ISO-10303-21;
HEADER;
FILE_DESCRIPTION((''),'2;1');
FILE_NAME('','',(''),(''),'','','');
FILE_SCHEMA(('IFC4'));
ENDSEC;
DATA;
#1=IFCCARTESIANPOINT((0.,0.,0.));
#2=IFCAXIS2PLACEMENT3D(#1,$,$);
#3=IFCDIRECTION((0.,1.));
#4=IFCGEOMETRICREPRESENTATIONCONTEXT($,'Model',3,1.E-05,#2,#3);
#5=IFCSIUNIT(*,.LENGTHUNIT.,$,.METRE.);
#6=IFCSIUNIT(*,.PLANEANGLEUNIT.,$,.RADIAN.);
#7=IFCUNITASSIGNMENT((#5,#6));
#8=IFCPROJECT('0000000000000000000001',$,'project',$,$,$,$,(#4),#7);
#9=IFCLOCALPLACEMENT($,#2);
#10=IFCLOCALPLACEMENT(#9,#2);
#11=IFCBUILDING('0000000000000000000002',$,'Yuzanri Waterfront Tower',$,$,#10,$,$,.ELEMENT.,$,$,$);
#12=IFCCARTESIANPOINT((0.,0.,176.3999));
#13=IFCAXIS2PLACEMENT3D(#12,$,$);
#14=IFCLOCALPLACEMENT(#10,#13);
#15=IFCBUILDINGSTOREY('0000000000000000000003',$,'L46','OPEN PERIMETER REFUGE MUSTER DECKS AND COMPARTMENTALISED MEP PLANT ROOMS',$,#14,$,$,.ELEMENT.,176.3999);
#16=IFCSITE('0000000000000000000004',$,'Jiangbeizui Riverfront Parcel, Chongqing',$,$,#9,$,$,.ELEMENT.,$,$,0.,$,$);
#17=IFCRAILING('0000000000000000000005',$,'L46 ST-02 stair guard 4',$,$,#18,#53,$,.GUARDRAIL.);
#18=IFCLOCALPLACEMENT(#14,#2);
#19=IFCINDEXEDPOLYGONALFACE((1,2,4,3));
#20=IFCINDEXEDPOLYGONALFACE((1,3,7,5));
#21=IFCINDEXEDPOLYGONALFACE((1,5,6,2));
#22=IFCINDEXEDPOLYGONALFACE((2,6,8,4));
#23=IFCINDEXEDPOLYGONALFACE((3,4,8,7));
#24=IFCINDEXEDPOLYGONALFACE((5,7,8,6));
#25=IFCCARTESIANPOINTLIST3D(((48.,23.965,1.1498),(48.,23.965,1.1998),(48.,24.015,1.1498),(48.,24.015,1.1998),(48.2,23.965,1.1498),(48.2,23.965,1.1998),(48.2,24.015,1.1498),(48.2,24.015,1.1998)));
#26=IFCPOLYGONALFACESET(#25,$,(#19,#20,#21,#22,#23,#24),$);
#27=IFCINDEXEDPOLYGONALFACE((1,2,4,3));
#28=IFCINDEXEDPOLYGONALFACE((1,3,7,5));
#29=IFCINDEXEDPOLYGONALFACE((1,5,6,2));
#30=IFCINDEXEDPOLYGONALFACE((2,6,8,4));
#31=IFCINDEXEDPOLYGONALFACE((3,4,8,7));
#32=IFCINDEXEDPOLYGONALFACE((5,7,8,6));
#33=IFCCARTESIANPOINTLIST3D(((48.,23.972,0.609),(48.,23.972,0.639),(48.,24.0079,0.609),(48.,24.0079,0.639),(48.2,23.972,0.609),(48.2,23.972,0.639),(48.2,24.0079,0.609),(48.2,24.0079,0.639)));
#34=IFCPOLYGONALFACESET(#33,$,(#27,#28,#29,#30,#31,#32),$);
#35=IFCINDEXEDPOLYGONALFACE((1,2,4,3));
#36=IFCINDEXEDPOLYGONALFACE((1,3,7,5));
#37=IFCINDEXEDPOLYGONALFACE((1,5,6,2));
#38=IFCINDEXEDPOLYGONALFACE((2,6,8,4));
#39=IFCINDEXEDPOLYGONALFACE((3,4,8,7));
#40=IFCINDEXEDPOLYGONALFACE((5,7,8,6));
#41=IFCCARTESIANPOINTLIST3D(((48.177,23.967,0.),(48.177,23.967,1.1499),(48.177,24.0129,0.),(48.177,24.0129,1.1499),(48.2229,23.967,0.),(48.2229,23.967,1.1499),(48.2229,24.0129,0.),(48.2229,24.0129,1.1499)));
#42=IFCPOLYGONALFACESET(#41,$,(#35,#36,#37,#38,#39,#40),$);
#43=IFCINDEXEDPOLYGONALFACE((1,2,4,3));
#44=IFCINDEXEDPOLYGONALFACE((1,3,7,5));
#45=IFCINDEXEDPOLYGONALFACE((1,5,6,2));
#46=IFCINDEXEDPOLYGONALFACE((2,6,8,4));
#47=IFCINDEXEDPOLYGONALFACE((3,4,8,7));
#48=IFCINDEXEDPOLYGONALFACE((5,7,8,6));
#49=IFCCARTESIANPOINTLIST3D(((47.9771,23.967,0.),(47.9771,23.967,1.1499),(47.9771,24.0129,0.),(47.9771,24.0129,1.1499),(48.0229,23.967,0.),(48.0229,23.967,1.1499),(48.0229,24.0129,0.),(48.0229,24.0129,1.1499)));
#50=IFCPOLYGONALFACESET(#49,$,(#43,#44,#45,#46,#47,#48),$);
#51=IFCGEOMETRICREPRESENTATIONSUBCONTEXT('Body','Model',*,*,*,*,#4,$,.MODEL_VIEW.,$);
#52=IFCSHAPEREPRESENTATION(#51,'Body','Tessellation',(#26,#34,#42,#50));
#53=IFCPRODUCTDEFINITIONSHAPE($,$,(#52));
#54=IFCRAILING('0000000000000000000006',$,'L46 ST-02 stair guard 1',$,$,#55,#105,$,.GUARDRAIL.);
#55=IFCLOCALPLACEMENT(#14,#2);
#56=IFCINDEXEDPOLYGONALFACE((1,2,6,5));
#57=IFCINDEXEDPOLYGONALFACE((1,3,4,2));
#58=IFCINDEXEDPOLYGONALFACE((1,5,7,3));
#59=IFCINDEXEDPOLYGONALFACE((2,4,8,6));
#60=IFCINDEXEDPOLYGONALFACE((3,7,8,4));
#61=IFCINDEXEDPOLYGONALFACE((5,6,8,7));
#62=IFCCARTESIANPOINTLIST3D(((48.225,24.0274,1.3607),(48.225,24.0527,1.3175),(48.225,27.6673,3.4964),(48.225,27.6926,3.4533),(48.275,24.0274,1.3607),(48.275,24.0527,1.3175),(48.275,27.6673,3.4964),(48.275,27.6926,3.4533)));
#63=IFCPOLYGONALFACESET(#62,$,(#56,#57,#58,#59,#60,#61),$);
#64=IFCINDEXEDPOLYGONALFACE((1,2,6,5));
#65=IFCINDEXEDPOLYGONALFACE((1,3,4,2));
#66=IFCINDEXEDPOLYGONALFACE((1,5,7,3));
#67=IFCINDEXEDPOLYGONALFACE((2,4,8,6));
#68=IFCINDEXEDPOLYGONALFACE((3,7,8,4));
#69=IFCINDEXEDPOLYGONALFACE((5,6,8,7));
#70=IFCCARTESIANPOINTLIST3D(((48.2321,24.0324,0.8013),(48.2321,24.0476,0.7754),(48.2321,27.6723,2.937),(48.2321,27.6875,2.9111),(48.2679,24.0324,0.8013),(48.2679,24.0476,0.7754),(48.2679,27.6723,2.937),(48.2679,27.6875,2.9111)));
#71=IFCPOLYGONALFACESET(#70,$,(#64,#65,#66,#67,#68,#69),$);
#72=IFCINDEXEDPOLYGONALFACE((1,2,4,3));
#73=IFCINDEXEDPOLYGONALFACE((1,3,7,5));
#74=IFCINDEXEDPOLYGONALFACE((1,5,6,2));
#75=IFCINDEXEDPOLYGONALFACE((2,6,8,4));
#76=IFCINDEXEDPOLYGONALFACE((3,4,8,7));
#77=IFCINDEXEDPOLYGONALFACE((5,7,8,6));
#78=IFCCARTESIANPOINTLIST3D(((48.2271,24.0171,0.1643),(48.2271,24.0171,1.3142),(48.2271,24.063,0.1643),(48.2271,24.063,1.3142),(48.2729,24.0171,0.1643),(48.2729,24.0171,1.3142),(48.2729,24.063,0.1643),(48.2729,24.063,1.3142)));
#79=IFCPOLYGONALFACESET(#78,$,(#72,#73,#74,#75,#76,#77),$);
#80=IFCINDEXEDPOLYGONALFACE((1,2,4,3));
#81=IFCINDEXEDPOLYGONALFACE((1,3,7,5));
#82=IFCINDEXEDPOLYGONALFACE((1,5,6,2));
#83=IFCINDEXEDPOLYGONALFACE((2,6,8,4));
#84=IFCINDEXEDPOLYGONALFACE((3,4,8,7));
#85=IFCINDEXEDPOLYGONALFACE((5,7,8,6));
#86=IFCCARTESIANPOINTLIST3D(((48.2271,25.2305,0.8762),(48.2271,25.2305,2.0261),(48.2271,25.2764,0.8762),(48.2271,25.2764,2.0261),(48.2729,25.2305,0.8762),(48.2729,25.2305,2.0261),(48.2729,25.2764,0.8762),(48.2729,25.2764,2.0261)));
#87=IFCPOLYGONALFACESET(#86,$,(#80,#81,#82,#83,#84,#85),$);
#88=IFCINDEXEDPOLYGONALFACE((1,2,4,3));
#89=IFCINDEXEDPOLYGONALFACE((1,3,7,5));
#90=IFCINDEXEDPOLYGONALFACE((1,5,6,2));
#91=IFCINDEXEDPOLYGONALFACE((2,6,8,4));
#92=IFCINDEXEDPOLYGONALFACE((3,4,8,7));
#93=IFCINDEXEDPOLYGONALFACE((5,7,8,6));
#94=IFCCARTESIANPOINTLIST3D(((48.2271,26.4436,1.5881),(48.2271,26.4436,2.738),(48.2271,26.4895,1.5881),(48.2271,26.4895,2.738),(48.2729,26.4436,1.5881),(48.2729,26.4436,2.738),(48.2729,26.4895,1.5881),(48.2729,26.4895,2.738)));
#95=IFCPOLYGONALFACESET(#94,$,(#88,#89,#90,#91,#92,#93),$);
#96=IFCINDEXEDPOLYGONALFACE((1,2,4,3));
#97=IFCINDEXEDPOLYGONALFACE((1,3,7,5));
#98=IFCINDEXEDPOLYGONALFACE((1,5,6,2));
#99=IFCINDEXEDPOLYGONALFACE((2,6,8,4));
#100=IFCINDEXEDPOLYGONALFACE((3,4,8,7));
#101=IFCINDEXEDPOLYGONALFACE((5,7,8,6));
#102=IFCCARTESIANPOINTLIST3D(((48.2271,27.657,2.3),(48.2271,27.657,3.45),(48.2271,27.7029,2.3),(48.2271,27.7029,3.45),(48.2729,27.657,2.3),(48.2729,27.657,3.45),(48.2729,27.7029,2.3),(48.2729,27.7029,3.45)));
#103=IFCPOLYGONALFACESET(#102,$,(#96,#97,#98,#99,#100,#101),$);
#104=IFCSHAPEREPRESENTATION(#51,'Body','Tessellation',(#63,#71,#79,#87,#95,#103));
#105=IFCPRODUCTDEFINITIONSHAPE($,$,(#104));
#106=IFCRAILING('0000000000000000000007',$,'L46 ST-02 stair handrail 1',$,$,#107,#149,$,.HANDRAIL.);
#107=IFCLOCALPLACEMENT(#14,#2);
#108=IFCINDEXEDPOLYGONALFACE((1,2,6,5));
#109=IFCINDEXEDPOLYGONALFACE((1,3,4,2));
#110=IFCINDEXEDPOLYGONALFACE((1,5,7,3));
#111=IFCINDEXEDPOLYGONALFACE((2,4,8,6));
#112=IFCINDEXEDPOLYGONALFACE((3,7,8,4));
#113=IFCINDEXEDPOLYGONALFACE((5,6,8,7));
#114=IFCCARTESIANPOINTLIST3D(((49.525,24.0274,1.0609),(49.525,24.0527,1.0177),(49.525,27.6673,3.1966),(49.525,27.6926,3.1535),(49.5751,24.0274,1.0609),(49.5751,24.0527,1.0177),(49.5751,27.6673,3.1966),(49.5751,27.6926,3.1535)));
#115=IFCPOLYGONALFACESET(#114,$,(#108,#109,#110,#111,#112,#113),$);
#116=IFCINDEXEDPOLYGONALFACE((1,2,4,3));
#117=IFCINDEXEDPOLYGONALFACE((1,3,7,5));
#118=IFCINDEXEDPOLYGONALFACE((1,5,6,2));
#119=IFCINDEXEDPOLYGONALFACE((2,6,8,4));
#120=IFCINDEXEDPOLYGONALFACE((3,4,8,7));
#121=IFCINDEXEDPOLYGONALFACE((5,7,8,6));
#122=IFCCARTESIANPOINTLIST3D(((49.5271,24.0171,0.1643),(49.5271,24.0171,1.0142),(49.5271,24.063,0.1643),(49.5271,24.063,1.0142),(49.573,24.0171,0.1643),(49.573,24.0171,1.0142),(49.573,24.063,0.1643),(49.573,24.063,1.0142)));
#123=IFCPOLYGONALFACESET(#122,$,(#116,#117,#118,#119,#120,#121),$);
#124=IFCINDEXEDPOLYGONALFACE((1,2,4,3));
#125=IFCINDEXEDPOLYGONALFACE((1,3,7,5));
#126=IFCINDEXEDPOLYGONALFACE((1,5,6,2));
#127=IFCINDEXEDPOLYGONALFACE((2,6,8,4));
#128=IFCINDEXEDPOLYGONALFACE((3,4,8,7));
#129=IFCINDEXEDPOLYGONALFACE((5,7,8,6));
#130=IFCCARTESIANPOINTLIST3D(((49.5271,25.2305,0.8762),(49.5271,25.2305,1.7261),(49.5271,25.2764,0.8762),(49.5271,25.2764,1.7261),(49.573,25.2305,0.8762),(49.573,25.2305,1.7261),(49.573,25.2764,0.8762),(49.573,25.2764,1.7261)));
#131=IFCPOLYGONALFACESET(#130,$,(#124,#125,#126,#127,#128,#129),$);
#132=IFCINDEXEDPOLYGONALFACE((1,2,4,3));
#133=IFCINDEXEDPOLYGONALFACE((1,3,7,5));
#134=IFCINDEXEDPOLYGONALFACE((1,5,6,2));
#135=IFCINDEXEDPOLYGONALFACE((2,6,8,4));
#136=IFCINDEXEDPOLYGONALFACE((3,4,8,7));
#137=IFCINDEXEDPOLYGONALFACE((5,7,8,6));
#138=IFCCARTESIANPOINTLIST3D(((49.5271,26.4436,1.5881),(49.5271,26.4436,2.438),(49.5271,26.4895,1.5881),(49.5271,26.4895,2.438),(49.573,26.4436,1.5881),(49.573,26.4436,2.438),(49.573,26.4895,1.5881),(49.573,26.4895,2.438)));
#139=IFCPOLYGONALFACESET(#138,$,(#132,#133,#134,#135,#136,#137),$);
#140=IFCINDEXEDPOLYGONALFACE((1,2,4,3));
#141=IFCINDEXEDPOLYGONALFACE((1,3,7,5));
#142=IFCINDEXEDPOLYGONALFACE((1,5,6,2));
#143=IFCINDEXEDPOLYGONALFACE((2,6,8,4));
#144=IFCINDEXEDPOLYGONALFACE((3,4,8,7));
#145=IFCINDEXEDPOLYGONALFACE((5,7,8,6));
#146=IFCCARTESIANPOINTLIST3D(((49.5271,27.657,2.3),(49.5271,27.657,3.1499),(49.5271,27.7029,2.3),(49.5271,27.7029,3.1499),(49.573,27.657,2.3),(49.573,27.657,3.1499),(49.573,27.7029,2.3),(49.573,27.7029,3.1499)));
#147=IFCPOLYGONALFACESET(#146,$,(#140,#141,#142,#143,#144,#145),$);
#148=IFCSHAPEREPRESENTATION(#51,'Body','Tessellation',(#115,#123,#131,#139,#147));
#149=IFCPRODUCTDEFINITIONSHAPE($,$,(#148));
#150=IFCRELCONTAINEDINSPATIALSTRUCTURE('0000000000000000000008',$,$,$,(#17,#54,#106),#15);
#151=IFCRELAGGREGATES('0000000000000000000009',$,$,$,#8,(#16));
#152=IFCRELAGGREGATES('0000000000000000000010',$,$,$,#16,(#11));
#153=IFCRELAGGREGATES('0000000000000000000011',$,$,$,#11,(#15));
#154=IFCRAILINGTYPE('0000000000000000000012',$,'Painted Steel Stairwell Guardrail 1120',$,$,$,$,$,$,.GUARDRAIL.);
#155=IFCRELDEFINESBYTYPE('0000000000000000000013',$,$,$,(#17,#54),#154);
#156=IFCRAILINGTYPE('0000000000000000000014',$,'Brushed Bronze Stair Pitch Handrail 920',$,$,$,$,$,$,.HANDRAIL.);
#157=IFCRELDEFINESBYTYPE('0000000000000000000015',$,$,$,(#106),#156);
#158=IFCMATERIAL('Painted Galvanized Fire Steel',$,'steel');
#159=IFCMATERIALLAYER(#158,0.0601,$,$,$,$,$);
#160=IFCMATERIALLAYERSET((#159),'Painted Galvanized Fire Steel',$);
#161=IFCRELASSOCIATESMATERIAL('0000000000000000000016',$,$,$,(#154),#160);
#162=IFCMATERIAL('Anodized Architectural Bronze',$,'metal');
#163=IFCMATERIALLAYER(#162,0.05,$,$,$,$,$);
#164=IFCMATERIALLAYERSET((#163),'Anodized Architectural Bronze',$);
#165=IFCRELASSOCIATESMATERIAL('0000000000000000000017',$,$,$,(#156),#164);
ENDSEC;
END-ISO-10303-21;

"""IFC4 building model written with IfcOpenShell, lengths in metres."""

from ifc_helpers import new_model, si_unit, direction, frame, origin, origin_2d, place, context, subcontext, project, spatial, rectangle, extrude, source, transform, mapped, material, layer, layer_set, type_object, element, save


model = new_model("IFC4")

# Units and contexts
model_context = context("Model", 3, precision=1e-05, world=origin(), true_north=direction((0.0, 1.0)))
body_context = subcontext(model_context, "Body", "Model", "MODEL_VIEW")
ifc_project = project(units=[si_unit("LENGTHUNIT", "METRE"), si_unit("PLANEANGLEUNIT", "RADIAN")], contexts=[model_context])

# Site, building, storey
site_placement = place(None, origin())
site = spatial("IfcSite", under=ifc_project, at=site_placement, Name="Jiangbeizui Riverfront Parcel, Chongqing", CompositionType="ELEMENT", RefElevation=0.0)
building_placement = place(site_placement, origin())
building = spatial("IfcBuilding", under=site, at=building_placement, Name="Yuzanri Waterfront Tower", CompositionType="ELEMENT")
storey_placement = place(building_placement, frame((0.0, 0.0, 176.3999)))
storey = spatial("IfcBuildingStorey", under=building, at=storey_placement, Name="L46", Description="OPEN PERIMETER REFUGE MUSTER DECKS AND COMPARTMENTALISED MEP PLANT ROOMS", CompositionType="ELEMENT", Elevation=176.3999)

# Railings
ifc_material_1 = material(Name="Painted Galvanized Fire Steel", Category="steel")
ifc_layer_1 = layer(ifc_material_1, 0.0601)
ifc_layer_set_1 = layer_set([ifc_layer_1], Name="Painted Galvanized Fire Steel")
railing_type_1 = type_object("IfcRailingType", Name="Painted Steel Stairwell Guardrail 1120", PredefinedType="GUARDRAIL", material=ifc_layer_set_1)
shared_shape_1 = source(origin(), body_context, "Body", "SweptSolid", [
    extrude(rectangle(XDim=0.05, YDim=0.05, at=origin_2d()), frame((0.0, 0.0, 1.1748), z_axis=(-1.0, 0.0, 0.0), x_axis=(0.0, -1.0, 0.0)), (0.0, 0.0, 1.0), 0.2),
    extrude(rectangle(XDim=0.0359, YDim=0.03, at=origin_2d()), frame((0.0, 0.0, 0.624), z_axis=(-1.0, 0.0, 0.0), x_axis=(0.0, -1.0, 0.0)), (0.0, 0.0, 1.0), 0.2),
    extrude(rectangle(XDim=0.0459, YDim=0.0459, at=origin_2d()), origin(), (0.0, 0.0, 1.0), 1.1499),
    extrude(rectangle(XDim=0.0459, YDim=0.0459, at=origin_2d()), frame((-0.2, 0.0, 0.0)), (0.0, 0.0, 1.0), 1.1499),
])
railing_1_placement = place(storey_placement, frame((48.2, 23.99, 0.0)))
element("IfcRailing", 1, at=railing_1_placement, inside=storey, type_object=railing_type_1, Name="L46 ST-02 stair guard 4", PredefinedType="GUARDRAIL", context=body_context, shape_type="MappedRepresentation", body=[
    mapped(shared_shape_1, transform((0.0, 0.0, 0.0), scale=1.0)),
])
shared_shape_2 = source(origin(), body_context, "Body", "SweptSolid", [
    extrude(rectangle(XDim=0.05, YDim=0.05, at=origin_2d()), frame((0.0, 0.0, 1.1748), z_axis=(0.0, 0.86249, 0.506074), x_axis=(-1.0, 0.0, 0.0)), (0.0, 0.0, 1.0), 4.2202),
    extrude(rectangle(XDim=0.0359, YDim=0.03, at=origin_2d()), frame((0.0, 0.0, 0.624), z_axis=(0.0, 0.86249, 0.506074), x_axis=(-1.0, 0.0, 0.0)), (0.0, 0.0, 1.0), 4.2202),
    extrude(rectangle(XDim=0.0459, YDim=0.0459, at=origin_2d()), origin(), (0.0, 0.0, 1.0), 1.1499),
    extrude(rectangle(XDim=0.0459, YDim=0.0459, at=origin_2d()), frame((0.0, 1.2134, 0.7119)), (0.0, 0.0, 1.0), 1.1499),
    extrude(rectangle(XDim=0.0459, YDim=0.0459, at=origin_2d()), frame((0.0, 2.4265, 1.4238)), (0.0, 0.0, 1.0), 1.1499),
    extrude(rectangle(XDim=0.0459, YDim=0.0459, at=origin_2d()), frame((0.0, 3.6399, 2.1357)), (0.0, 0.0, 1.0), 1.1499),
])
railing_2_placement = place(storey_placement, frame((48.25, 24.04, 0.1643)))
element("IfcRailing", 2, at=railing_2_placement, inside=storey, type_object=railing_type_1, Name="L46 ST-02 stair guard 1", PredefinedType="GUARDRAIL", context=body_context, shape_type="MappedRepresentation", body=[
    mapped(shared_shape_2, transform((0.0, 0.0, 0.0), scale=1.0)),
])
ifc_material_2 = material(Name="Anodized Architectural Bronze", Category="metal")
ifc_layer_2 = layer(ifc_material_2, 0.05)
ifc_layer_set_2 = layer_set([ifc_layer_2], Name="Anodized Architectural Bronze")
railing_type_2 = type_object("IfcRailingType", Name="Brushed Bronze Stair Pitch Handrail 920", PredefinedType="HANDRAIL", material=ifc_layer_set_2)
shared_shape_3 = source(origin(), body_context, "Body", "SweptSolid", [
    extrude(rectangle(XDim=0.05, YDim=0.05, at=origin_2d()), frame((0.0, 0.0, 0.875), z_axis=(0.0, 0.86249, 0.506074), x_axis=(-1.0, 0.0, 0.0)), (0.0, 0.0, 1.0), 4.2202),
    extrude(rectangle(XDim=0.0459, YDim=0.0459, at=origin_2d()), origin(), (0.0, 0.0, 1.0), 0.8499),
    extrude(rectangle(XDim=0.0459, YDim=0.0459, at=origin_2d()), frame((0.0, 1.2134, 0.7119)), (0.0, 0.0, 1.0), 0.8499),
    extrude(rectangle(XDim=0.0459, YDim=0.0459, at=origin_2d()), frame((0.0, 2.4265, 1.4238)), (0.0, 0.0, 1.0), 0.8499),
    extrude(rectangle(XDim=0.0459, YDim=0.0459, at=origin_2d()), frame((0.0, 3.6399, 2.1357)), (0.0, 0.0, 1.0), 0.8499),
])
railing_3_placement = place(storey_placement, frame((49.55, 24.04, 0.1643)))
element("IfcRailing", 3, at=railing_3_placement, inside=storey, type_object=railing_type_2, Name="L46 ST-02 stair handrail 1", PredefinedType="HANDRAIL", context=body_context, shape_type="MappedRepresentation", body=[
    mapped(shared_shape_3, transform((0.0, 0.0, 0.0), scale=1.0)),
])

save(model, "model.ifc")
